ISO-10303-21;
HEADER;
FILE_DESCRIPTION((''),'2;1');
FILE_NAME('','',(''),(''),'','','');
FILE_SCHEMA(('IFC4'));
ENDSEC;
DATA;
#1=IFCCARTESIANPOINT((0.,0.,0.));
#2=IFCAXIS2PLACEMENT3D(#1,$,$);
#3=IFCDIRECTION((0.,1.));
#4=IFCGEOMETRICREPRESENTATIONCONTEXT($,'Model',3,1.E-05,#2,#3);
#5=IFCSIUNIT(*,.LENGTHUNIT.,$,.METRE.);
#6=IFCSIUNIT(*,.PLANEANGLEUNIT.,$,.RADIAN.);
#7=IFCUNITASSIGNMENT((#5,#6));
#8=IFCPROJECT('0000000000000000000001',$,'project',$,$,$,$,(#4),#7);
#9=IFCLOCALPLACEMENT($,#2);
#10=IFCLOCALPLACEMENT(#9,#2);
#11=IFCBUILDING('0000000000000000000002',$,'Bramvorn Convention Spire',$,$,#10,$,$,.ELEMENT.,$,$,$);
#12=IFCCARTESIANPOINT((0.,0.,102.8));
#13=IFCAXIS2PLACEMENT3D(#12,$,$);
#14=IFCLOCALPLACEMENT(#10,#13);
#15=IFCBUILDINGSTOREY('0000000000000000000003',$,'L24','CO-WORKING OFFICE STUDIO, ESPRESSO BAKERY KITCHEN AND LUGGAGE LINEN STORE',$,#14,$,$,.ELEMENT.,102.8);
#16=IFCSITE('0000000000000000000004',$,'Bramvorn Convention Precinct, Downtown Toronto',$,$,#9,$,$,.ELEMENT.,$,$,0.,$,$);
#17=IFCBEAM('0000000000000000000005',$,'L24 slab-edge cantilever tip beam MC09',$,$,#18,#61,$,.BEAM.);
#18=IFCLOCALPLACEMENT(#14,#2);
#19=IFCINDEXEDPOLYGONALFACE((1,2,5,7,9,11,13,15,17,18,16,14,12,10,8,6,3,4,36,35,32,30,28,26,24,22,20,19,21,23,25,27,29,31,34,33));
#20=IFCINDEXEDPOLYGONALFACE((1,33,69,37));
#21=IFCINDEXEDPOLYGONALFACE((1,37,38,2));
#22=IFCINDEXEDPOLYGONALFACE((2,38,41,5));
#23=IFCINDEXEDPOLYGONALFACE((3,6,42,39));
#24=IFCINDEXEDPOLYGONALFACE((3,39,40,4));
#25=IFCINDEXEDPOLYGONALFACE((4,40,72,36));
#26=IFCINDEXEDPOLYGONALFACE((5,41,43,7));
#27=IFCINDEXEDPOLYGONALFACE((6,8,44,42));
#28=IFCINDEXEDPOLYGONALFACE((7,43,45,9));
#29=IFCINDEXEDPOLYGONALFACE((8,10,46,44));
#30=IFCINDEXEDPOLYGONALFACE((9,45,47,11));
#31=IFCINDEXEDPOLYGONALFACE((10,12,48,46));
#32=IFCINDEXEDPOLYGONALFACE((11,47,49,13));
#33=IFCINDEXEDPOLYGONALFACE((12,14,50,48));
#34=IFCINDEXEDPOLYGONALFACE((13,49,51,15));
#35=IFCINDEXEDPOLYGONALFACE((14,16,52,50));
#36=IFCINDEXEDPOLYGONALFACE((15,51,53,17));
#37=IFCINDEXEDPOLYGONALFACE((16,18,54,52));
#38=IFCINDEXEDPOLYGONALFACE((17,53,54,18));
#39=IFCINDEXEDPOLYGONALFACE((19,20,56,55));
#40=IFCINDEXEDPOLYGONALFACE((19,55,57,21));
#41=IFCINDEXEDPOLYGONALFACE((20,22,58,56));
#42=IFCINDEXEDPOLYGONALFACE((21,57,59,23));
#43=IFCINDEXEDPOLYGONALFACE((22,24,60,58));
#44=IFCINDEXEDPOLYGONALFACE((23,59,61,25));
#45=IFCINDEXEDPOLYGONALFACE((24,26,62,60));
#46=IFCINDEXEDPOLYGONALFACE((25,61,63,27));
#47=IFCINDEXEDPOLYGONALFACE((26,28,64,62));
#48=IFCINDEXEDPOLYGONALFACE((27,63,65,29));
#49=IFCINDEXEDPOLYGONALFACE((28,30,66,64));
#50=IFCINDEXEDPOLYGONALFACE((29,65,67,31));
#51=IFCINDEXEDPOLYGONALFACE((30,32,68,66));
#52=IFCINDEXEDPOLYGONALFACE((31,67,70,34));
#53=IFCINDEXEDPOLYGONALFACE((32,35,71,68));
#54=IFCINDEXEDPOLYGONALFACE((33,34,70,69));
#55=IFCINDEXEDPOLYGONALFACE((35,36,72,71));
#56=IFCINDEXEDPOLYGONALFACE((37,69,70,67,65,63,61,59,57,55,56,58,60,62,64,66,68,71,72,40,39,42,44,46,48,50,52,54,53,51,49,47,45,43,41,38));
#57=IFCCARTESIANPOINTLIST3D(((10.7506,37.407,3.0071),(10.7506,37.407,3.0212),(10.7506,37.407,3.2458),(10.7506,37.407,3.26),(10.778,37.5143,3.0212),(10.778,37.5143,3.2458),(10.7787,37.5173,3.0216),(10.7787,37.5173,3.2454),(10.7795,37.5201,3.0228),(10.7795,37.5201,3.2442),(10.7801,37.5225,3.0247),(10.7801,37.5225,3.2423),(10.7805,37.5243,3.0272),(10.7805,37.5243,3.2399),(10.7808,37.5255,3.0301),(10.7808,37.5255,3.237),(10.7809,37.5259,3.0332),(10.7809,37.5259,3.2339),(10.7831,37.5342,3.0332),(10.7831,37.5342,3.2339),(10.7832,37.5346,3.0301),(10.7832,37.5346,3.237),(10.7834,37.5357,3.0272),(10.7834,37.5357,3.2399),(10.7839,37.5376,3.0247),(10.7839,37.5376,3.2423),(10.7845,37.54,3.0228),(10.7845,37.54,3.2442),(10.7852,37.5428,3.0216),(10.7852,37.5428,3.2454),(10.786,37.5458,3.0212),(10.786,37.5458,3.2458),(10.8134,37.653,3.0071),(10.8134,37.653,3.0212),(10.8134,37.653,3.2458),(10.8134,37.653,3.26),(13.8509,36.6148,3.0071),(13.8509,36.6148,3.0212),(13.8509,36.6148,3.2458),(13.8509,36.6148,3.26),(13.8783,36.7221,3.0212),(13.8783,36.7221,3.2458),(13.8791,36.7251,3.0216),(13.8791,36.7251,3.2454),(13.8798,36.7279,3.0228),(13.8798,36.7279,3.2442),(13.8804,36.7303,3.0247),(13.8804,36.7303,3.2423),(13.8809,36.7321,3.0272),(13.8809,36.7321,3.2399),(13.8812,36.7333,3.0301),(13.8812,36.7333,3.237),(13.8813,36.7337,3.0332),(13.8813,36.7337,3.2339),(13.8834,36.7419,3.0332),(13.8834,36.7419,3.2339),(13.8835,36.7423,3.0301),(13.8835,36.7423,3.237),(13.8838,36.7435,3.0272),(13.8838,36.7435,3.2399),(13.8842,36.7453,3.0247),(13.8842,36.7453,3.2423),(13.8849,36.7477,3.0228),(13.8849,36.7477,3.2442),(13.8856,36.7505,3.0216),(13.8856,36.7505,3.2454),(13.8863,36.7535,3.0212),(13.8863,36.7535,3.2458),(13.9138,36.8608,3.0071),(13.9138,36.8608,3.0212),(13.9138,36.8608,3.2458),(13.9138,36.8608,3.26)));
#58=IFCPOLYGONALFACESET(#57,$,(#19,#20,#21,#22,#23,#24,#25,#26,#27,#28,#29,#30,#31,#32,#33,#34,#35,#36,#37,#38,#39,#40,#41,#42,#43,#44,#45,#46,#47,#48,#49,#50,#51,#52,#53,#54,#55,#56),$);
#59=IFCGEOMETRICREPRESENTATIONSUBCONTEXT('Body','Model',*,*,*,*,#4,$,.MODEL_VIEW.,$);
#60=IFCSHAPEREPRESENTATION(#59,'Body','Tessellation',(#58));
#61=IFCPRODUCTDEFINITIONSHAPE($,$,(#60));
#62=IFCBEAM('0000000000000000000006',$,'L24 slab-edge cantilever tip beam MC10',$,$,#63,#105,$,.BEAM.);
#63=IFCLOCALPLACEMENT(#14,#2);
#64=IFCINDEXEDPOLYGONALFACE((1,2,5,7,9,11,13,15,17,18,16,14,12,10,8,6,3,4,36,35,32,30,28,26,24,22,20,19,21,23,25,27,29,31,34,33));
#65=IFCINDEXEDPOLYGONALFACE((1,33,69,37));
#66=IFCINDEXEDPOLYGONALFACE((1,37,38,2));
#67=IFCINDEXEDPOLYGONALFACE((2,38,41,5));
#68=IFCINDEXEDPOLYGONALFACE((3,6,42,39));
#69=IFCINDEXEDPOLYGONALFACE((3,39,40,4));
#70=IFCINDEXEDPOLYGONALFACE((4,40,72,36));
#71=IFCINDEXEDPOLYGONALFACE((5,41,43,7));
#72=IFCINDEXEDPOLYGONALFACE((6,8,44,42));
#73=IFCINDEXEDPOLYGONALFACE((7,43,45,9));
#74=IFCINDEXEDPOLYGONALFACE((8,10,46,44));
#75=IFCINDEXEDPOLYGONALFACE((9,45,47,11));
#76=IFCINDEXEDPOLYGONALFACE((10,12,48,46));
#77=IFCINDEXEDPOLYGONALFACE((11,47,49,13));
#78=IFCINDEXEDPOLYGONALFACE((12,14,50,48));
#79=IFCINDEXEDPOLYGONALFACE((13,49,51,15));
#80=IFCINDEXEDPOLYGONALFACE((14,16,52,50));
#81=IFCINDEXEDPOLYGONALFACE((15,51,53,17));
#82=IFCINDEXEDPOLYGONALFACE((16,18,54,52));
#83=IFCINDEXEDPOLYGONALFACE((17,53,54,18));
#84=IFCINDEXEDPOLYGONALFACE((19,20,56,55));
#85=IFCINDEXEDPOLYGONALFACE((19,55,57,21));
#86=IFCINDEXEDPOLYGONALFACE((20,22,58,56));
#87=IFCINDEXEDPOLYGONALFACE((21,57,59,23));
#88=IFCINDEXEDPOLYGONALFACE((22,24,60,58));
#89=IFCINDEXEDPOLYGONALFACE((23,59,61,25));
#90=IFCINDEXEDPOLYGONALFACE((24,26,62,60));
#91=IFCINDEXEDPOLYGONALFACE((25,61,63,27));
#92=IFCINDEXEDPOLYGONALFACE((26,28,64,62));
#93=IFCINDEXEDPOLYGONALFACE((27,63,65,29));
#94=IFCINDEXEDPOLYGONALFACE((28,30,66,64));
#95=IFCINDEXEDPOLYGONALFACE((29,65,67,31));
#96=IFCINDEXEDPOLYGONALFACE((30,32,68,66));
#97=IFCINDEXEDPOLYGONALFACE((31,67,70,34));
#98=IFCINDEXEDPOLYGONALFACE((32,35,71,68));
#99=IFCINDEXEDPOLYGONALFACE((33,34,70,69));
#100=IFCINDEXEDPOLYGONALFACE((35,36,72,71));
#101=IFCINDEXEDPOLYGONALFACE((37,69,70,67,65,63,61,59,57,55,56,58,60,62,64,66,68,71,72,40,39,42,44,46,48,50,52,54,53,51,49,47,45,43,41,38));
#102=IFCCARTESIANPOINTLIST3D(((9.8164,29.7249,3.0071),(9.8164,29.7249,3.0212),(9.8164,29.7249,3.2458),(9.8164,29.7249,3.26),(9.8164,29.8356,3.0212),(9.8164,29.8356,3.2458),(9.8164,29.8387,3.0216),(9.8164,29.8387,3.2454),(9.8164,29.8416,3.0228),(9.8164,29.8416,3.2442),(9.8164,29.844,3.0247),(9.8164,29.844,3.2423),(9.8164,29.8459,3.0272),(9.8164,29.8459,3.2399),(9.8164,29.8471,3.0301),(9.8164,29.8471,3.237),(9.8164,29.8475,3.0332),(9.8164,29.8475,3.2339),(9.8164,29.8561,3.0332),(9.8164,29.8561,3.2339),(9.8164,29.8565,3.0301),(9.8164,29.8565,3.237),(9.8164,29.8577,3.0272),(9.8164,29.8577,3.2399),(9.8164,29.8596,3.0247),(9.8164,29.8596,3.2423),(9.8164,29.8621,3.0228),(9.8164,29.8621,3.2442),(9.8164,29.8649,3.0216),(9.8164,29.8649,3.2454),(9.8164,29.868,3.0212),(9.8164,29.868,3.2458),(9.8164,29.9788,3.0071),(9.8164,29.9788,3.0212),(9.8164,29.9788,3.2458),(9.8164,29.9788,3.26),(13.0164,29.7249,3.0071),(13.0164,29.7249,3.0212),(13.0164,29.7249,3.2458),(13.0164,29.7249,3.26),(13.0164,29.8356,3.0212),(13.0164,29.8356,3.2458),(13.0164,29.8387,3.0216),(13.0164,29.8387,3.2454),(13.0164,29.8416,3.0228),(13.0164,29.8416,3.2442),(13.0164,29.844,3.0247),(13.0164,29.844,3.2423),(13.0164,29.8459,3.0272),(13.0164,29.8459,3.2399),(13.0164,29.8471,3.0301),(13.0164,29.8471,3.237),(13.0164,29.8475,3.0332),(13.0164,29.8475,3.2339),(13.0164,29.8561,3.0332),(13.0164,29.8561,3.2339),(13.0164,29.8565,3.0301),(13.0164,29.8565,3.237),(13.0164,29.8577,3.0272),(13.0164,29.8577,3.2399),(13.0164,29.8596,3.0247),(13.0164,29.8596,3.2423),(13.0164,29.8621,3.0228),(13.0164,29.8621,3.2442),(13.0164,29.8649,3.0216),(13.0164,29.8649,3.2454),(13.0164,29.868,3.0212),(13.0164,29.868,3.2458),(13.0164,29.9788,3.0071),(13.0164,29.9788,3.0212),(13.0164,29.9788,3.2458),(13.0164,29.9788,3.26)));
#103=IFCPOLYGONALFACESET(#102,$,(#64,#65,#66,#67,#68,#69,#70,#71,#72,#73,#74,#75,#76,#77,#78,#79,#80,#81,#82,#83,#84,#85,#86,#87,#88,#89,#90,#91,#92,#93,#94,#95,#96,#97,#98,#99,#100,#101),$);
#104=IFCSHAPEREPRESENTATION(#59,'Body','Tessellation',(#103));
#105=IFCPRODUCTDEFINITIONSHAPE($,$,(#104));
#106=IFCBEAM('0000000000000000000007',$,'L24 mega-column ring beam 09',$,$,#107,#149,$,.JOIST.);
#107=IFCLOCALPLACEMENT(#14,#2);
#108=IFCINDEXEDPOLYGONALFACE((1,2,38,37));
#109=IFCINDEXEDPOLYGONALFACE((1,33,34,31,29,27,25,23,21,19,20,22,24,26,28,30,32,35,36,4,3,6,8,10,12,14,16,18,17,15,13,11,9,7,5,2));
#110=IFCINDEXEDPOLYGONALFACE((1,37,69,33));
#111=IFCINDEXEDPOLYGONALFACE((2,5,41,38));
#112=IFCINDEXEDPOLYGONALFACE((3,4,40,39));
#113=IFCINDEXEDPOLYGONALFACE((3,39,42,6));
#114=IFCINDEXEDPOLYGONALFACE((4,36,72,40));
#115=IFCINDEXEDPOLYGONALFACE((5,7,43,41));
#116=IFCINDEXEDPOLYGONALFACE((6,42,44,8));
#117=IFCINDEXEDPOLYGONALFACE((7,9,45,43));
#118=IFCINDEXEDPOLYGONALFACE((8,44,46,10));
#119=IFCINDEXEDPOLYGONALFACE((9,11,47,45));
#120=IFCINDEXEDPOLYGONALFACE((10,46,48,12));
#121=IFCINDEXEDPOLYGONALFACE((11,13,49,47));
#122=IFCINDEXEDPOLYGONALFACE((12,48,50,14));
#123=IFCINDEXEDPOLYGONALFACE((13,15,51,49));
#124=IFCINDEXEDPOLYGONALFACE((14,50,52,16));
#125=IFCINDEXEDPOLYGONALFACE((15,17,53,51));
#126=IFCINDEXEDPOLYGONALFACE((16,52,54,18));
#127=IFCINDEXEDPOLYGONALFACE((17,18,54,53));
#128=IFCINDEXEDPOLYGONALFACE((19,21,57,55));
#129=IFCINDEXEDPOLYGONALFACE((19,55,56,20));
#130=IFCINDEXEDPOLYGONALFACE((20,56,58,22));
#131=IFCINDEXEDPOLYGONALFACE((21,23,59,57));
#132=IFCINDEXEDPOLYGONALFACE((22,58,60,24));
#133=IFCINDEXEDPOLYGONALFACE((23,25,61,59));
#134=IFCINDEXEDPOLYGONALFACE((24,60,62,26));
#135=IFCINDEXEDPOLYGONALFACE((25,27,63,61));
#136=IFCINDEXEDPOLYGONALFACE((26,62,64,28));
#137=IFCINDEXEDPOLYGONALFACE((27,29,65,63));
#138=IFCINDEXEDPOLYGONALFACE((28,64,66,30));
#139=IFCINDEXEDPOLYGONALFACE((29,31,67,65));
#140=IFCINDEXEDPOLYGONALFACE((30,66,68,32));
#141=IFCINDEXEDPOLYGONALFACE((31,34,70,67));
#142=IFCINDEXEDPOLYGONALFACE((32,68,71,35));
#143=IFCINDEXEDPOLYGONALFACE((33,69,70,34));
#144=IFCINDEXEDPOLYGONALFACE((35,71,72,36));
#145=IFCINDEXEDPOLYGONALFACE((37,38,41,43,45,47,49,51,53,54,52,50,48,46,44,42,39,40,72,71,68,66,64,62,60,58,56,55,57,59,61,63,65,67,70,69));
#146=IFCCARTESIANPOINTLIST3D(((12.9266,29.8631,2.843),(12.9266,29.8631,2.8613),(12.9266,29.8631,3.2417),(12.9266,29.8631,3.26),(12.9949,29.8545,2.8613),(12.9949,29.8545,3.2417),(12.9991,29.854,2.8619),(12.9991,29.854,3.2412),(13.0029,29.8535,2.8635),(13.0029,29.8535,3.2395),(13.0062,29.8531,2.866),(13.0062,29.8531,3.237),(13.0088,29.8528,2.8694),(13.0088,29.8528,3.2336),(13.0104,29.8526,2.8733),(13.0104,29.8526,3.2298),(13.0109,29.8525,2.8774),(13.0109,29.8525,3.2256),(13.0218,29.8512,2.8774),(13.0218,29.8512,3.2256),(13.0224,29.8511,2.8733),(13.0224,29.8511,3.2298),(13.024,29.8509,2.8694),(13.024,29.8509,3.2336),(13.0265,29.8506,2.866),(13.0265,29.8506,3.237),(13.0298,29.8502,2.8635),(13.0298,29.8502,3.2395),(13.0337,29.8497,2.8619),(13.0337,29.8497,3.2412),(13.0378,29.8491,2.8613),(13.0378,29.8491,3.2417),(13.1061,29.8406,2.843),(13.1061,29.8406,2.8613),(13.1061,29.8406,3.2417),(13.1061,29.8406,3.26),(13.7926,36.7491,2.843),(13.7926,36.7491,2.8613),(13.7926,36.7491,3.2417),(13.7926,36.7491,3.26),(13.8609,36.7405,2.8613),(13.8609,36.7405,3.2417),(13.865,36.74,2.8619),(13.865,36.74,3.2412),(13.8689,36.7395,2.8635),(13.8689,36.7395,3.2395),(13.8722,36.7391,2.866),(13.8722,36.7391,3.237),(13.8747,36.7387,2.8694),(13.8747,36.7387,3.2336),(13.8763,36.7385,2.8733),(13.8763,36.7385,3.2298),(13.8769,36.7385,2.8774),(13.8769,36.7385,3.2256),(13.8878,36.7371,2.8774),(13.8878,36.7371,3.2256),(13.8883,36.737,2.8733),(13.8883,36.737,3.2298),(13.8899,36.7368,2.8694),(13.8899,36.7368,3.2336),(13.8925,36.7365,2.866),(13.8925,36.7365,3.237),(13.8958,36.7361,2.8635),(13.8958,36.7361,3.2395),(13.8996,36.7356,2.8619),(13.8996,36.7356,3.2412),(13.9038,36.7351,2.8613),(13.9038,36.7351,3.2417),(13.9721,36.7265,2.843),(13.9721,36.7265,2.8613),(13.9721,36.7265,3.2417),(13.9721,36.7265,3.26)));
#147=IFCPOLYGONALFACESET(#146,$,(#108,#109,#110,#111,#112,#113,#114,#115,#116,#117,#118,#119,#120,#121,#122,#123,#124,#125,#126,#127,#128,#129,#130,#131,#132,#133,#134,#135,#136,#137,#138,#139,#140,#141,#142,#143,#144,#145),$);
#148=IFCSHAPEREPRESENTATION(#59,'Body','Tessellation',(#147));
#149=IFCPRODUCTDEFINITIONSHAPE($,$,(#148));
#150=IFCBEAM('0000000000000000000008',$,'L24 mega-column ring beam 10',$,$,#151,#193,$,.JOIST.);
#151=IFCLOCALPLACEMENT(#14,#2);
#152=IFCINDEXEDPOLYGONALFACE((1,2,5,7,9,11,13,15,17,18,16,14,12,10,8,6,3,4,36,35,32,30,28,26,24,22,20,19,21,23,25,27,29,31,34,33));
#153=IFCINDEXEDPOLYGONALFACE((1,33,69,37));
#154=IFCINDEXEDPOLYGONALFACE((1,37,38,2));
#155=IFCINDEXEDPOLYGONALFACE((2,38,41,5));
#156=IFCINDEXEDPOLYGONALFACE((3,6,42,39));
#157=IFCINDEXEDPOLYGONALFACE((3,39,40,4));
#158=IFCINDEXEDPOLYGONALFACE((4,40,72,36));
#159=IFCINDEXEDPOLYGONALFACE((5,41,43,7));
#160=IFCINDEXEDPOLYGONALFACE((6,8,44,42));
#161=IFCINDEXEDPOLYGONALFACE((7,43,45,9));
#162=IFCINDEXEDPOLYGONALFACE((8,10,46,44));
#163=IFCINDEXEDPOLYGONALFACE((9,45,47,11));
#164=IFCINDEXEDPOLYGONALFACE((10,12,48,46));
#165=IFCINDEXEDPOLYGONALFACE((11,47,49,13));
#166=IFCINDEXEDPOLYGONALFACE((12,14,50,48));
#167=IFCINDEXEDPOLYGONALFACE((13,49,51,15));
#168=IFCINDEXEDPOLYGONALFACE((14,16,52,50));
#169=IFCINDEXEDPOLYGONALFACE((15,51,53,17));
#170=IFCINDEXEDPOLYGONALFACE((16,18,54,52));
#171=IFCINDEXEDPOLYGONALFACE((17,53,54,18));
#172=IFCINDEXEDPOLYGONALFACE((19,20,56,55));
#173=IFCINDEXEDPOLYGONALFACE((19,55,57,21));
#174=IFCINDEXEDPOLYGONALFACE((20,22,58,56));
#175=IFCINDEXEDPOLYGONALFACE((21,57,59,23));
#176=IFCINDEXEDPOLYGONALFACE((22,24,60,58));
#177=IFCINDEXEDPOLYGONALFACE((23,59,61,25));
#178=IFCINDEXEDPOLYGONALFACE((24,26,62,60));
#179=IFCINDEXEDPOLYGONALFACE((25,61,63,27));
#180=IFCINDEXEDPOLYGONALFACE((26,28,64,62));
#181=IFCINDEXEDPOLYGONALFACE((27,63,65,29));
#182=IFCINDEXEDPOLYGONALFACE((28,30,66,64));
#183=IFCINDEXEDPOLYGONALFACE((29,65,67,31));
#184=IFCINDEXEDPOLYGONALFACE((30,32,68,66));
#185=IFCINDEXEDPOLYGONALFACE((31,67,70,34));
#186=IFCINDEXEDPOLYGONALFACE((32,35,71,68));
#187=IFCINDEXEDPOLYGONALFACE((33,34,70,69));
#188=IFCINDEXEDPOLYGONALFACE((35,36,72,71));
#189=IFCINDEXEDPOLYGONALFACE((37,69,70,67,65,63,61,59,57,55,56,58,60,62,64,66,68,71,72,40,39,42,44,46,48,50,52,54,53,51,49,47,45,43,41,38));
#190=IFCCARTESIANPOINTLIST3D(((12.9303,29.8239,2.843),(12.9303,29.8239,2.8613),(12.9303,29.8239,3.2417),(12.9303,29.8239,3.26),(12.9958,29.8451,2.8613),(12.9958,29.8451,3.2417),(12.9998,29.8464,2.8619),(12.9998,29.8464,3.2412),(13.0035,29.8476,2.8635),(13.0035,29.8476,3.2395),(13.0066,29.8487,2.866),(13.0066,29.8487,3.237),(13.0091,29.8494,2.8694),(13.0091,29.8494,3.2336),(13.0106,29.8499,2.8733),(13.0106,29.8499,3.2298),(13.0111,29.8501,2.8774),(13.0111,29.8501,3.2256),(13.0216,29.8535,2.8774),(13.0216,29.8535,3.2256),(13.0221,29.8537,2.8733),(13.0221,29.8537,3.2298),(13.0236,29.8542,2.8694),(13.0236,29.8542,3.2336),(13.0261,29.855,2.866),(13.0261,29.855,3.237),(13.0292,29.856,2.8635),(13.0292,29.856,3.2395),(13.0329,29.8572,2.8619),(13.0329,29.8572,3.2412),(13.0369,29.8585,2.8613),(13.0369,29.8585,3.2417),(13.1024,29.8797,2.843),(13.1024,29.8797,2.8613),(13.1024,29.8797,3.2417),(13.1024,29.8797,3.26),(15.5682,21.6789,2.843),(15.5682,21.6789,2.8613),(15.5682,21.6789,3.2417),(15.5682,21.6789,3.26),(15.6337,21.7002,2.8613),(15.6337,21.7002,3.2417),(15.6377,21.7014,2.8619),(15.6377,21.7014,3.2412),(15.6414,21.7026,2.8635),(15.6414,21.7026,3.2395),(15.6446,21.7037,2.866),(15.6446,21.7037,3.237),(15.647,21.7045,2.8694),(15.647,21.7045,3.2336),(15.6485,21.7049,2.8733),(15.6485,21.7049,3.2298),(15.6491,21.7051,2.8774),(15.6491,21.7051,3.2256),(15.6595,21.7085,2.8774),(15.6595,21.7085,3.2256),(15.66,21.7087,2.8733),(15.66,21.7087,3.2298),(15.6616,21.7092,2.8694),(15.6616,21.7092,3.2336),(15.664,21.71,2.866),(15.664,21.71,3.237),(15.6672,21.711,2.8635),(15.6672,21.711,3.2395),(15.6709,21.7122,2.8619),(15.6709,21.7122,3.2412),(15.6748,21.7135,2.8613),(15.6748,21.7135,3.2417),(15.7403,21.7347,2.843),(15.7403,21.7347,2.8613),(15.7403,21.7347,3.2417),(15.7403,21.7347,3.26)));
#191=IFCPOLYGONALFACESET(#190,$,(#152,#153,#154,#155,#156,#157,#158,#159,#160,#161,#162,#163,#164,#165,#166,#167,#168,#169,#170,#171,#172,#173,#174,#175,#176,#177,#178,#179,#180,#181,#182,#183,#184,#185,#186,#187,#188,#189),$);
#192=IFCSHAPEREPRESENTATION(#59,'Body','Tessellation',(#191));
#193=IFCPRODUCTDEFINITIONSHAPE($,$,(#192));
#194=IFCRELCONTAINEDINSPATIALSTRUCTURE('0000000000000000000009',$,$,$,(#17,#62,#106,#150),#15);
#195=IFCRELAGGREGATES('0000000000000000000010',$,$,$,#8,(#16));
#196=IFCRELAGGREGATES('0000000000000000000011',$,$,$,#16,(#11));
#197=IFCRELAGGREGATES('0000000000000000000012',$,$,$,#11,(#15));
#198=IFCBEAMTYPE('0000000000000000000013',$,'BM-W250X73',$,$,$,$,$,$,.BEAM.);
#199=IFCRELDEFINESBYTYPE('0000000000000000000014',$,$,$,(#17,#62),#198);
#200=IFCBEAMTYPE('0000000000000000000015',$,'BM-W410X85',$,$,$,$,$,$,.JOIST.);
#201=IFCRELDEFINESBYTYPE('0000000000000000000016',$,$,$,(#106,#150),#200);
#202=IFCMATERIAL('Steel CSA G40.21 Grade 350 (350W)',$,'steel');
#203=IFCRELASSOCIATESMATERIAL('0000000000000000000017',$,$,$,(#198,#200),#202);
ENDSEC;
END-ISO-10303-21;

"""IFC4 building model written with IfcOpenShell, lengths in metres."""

from ifc_helpers import new_model, si_unit, direction, frame, origin, origin_2d, place, context, subcontext, project, spatial, i_section, extrude, material, material_profile, profile_set, type_object, element, save


model = new_model("IFC4")

# Units and contexts
model_context = context("Model", 3, precision=1e-05, world=origin(), true_north=direction((0.0, 1.0)))
body_context = subcontext(model_context, "Body", "Model", "MODEL_VIEW")
ifc_project = project(units=[si_unit("LENGTHUNIT", "METRE"), si_unit("PLANEANGLEUNIT", "RADIAN")], contexts=[model_context])

# Site, building, storey
site_placement = place(None, origin())
site = spatial("IfcSite", under=ifc_project, at=site_placement, Name="Bramvorn Convention Precinct, Downtown Toronto", CompositionType="ELEMENT", RefElevation=0.0)
building_placement = place(site_placement, origin())
building = spatial("IfcBuilding", under=site, at=building_placement, Name="Bramvorn Convention Spire", CompositionType="ELEMENT")
storey_placement = place(building_placement, frame((0.0, 0.0, 102.8)))
storey = spatial("IfcBuildingStorey", under=building, at=storey_placement, Name="L24", Description="CO-WORKING OFFICE STUDIO, ESPRESSO BAKERY KITCHEN AND LUGGAGE LINEN STORE", CompositionType="ELEMENT", Elevation=102.8)

# Shared definitions
ifc_material_1 = material(Name="Steel CSA G40.21 Grade 350 (350W)", Category="steel")

# Beams
ifc_material_profile_1 = material_profile(ifc_material_1, i_section(OverallWidth=0.2539, OverallDepth=0.2529, WebThickness=0.0085, FlangeThickness=0.0142, FilletRadius=0.012, at=origin_2d()))
ifc_profile_set_1 = profile_set([ifc_material_profile_1], Name="Steel CSA G40.21 Grade 350 (350W) - W250X73")
beam_type_1 = type_object("IfcBeamType", Name="BM-W250X73", PredefinedType="BEAM", material=ifc_profile_set_1)
for number, where, z_axis, x_axis, name in (
    (1, (13.8823, 36.7378, 3.1335), (-0.968868, 0.247577, 0.0), (-0.247577, -0.968868, 0.0), "L24 slab-edge cantilever tip beam MC09"),
    (2, (13.0164, 29.8518, 3.1335), (-1.0, 0.0, 0.0), (0.0, -1.0, 0.0), "L24 slab-edge cantilever tip beam MC10"),
):
    element("IfcBeam", number, at=place(storey_placement, frame(where, z_axis=z_axis, x_axis=x_axis)), inside=storey, type_object=beam_type_1, Name=name, PredefinedType="BEAM", context=body_context, shape_type="SweptSolid", body=[
        extrude(i_section(OverallWidth=0.2539, OverallDepth=0.2529, WebThickness=0.0085, FlangeThickness=0.0142, FilletRadius=0.012, at=origin_2d()), origin(), (0.0, 0.0, 1.0), 3.2),
    ])
ifc_material_profile_2 = material_profile(ifc_material_1, i_section(OverallWidth=0.1809, OverallDepth=0.417, WebThickness=0.011, FlangeThickness=0.0183, FilletRadius=0.0161, at=origin_2d()))
ifc_profile_set_2 = profile_set([ifc_material_profile_2], Name="Steel CSA G40.21 Grade 350 (350W) - W410X85")
beam_type_2 = type_object("IfcBeamType", Name="BM-W410X85", PredefinedType="JOIST", material=ifc_profile_set_2)
beam_1_placement = place(storey_placement, frame((13.8823, 36.7378, 3.0515), z_axis=(-0.124775, -0.992185, 0.0), x_axis=(0.992185, -0.124775, 0.0)))
element("IfcBeam", 3, at=beam_1_placement, inside=storey, type_object=beam_type_2, Name="L24 mega-column ring beam 09", PredefinedType="JOIST", context=body_context, shape_type="SweptSolid", body=[
    extrude(i_section(OverallWidth=0.1809, OverallDepth=0.417, WebThickness=0.011, FlangeThickness=0.0183, FilletRadius=0.0161, at=origin_2d()), origin(), (0.0, 0.0, 1.0), 6.9402),
])
beam_2_placement = place(storey_placement, frame((13.0164, 29.8518, 3.0515), z_axis=(0.308115, -0.951349, 0.0), x_axis=(0.951349, 0.308115, 0.0)))
element("IfcBeam", 4, at=beam_2_placement, inside=storey, type_object=beam_type_2, Name="L24 mega-column ring beam 10", PredefinedType="JOIST", context=body_context, shape_type="SweptSolid", body=[
    extrude(i_section(OverallWidth=0.1809, OverallDepth=0.417, WebThickness=0.011, FlangeThickness=0.0183, FilletRadius=0.0161, at=origin_2d()), origin(), (0.0, 0.0, 1.0), 8.5615),
])

save(model, "model.ifc")
